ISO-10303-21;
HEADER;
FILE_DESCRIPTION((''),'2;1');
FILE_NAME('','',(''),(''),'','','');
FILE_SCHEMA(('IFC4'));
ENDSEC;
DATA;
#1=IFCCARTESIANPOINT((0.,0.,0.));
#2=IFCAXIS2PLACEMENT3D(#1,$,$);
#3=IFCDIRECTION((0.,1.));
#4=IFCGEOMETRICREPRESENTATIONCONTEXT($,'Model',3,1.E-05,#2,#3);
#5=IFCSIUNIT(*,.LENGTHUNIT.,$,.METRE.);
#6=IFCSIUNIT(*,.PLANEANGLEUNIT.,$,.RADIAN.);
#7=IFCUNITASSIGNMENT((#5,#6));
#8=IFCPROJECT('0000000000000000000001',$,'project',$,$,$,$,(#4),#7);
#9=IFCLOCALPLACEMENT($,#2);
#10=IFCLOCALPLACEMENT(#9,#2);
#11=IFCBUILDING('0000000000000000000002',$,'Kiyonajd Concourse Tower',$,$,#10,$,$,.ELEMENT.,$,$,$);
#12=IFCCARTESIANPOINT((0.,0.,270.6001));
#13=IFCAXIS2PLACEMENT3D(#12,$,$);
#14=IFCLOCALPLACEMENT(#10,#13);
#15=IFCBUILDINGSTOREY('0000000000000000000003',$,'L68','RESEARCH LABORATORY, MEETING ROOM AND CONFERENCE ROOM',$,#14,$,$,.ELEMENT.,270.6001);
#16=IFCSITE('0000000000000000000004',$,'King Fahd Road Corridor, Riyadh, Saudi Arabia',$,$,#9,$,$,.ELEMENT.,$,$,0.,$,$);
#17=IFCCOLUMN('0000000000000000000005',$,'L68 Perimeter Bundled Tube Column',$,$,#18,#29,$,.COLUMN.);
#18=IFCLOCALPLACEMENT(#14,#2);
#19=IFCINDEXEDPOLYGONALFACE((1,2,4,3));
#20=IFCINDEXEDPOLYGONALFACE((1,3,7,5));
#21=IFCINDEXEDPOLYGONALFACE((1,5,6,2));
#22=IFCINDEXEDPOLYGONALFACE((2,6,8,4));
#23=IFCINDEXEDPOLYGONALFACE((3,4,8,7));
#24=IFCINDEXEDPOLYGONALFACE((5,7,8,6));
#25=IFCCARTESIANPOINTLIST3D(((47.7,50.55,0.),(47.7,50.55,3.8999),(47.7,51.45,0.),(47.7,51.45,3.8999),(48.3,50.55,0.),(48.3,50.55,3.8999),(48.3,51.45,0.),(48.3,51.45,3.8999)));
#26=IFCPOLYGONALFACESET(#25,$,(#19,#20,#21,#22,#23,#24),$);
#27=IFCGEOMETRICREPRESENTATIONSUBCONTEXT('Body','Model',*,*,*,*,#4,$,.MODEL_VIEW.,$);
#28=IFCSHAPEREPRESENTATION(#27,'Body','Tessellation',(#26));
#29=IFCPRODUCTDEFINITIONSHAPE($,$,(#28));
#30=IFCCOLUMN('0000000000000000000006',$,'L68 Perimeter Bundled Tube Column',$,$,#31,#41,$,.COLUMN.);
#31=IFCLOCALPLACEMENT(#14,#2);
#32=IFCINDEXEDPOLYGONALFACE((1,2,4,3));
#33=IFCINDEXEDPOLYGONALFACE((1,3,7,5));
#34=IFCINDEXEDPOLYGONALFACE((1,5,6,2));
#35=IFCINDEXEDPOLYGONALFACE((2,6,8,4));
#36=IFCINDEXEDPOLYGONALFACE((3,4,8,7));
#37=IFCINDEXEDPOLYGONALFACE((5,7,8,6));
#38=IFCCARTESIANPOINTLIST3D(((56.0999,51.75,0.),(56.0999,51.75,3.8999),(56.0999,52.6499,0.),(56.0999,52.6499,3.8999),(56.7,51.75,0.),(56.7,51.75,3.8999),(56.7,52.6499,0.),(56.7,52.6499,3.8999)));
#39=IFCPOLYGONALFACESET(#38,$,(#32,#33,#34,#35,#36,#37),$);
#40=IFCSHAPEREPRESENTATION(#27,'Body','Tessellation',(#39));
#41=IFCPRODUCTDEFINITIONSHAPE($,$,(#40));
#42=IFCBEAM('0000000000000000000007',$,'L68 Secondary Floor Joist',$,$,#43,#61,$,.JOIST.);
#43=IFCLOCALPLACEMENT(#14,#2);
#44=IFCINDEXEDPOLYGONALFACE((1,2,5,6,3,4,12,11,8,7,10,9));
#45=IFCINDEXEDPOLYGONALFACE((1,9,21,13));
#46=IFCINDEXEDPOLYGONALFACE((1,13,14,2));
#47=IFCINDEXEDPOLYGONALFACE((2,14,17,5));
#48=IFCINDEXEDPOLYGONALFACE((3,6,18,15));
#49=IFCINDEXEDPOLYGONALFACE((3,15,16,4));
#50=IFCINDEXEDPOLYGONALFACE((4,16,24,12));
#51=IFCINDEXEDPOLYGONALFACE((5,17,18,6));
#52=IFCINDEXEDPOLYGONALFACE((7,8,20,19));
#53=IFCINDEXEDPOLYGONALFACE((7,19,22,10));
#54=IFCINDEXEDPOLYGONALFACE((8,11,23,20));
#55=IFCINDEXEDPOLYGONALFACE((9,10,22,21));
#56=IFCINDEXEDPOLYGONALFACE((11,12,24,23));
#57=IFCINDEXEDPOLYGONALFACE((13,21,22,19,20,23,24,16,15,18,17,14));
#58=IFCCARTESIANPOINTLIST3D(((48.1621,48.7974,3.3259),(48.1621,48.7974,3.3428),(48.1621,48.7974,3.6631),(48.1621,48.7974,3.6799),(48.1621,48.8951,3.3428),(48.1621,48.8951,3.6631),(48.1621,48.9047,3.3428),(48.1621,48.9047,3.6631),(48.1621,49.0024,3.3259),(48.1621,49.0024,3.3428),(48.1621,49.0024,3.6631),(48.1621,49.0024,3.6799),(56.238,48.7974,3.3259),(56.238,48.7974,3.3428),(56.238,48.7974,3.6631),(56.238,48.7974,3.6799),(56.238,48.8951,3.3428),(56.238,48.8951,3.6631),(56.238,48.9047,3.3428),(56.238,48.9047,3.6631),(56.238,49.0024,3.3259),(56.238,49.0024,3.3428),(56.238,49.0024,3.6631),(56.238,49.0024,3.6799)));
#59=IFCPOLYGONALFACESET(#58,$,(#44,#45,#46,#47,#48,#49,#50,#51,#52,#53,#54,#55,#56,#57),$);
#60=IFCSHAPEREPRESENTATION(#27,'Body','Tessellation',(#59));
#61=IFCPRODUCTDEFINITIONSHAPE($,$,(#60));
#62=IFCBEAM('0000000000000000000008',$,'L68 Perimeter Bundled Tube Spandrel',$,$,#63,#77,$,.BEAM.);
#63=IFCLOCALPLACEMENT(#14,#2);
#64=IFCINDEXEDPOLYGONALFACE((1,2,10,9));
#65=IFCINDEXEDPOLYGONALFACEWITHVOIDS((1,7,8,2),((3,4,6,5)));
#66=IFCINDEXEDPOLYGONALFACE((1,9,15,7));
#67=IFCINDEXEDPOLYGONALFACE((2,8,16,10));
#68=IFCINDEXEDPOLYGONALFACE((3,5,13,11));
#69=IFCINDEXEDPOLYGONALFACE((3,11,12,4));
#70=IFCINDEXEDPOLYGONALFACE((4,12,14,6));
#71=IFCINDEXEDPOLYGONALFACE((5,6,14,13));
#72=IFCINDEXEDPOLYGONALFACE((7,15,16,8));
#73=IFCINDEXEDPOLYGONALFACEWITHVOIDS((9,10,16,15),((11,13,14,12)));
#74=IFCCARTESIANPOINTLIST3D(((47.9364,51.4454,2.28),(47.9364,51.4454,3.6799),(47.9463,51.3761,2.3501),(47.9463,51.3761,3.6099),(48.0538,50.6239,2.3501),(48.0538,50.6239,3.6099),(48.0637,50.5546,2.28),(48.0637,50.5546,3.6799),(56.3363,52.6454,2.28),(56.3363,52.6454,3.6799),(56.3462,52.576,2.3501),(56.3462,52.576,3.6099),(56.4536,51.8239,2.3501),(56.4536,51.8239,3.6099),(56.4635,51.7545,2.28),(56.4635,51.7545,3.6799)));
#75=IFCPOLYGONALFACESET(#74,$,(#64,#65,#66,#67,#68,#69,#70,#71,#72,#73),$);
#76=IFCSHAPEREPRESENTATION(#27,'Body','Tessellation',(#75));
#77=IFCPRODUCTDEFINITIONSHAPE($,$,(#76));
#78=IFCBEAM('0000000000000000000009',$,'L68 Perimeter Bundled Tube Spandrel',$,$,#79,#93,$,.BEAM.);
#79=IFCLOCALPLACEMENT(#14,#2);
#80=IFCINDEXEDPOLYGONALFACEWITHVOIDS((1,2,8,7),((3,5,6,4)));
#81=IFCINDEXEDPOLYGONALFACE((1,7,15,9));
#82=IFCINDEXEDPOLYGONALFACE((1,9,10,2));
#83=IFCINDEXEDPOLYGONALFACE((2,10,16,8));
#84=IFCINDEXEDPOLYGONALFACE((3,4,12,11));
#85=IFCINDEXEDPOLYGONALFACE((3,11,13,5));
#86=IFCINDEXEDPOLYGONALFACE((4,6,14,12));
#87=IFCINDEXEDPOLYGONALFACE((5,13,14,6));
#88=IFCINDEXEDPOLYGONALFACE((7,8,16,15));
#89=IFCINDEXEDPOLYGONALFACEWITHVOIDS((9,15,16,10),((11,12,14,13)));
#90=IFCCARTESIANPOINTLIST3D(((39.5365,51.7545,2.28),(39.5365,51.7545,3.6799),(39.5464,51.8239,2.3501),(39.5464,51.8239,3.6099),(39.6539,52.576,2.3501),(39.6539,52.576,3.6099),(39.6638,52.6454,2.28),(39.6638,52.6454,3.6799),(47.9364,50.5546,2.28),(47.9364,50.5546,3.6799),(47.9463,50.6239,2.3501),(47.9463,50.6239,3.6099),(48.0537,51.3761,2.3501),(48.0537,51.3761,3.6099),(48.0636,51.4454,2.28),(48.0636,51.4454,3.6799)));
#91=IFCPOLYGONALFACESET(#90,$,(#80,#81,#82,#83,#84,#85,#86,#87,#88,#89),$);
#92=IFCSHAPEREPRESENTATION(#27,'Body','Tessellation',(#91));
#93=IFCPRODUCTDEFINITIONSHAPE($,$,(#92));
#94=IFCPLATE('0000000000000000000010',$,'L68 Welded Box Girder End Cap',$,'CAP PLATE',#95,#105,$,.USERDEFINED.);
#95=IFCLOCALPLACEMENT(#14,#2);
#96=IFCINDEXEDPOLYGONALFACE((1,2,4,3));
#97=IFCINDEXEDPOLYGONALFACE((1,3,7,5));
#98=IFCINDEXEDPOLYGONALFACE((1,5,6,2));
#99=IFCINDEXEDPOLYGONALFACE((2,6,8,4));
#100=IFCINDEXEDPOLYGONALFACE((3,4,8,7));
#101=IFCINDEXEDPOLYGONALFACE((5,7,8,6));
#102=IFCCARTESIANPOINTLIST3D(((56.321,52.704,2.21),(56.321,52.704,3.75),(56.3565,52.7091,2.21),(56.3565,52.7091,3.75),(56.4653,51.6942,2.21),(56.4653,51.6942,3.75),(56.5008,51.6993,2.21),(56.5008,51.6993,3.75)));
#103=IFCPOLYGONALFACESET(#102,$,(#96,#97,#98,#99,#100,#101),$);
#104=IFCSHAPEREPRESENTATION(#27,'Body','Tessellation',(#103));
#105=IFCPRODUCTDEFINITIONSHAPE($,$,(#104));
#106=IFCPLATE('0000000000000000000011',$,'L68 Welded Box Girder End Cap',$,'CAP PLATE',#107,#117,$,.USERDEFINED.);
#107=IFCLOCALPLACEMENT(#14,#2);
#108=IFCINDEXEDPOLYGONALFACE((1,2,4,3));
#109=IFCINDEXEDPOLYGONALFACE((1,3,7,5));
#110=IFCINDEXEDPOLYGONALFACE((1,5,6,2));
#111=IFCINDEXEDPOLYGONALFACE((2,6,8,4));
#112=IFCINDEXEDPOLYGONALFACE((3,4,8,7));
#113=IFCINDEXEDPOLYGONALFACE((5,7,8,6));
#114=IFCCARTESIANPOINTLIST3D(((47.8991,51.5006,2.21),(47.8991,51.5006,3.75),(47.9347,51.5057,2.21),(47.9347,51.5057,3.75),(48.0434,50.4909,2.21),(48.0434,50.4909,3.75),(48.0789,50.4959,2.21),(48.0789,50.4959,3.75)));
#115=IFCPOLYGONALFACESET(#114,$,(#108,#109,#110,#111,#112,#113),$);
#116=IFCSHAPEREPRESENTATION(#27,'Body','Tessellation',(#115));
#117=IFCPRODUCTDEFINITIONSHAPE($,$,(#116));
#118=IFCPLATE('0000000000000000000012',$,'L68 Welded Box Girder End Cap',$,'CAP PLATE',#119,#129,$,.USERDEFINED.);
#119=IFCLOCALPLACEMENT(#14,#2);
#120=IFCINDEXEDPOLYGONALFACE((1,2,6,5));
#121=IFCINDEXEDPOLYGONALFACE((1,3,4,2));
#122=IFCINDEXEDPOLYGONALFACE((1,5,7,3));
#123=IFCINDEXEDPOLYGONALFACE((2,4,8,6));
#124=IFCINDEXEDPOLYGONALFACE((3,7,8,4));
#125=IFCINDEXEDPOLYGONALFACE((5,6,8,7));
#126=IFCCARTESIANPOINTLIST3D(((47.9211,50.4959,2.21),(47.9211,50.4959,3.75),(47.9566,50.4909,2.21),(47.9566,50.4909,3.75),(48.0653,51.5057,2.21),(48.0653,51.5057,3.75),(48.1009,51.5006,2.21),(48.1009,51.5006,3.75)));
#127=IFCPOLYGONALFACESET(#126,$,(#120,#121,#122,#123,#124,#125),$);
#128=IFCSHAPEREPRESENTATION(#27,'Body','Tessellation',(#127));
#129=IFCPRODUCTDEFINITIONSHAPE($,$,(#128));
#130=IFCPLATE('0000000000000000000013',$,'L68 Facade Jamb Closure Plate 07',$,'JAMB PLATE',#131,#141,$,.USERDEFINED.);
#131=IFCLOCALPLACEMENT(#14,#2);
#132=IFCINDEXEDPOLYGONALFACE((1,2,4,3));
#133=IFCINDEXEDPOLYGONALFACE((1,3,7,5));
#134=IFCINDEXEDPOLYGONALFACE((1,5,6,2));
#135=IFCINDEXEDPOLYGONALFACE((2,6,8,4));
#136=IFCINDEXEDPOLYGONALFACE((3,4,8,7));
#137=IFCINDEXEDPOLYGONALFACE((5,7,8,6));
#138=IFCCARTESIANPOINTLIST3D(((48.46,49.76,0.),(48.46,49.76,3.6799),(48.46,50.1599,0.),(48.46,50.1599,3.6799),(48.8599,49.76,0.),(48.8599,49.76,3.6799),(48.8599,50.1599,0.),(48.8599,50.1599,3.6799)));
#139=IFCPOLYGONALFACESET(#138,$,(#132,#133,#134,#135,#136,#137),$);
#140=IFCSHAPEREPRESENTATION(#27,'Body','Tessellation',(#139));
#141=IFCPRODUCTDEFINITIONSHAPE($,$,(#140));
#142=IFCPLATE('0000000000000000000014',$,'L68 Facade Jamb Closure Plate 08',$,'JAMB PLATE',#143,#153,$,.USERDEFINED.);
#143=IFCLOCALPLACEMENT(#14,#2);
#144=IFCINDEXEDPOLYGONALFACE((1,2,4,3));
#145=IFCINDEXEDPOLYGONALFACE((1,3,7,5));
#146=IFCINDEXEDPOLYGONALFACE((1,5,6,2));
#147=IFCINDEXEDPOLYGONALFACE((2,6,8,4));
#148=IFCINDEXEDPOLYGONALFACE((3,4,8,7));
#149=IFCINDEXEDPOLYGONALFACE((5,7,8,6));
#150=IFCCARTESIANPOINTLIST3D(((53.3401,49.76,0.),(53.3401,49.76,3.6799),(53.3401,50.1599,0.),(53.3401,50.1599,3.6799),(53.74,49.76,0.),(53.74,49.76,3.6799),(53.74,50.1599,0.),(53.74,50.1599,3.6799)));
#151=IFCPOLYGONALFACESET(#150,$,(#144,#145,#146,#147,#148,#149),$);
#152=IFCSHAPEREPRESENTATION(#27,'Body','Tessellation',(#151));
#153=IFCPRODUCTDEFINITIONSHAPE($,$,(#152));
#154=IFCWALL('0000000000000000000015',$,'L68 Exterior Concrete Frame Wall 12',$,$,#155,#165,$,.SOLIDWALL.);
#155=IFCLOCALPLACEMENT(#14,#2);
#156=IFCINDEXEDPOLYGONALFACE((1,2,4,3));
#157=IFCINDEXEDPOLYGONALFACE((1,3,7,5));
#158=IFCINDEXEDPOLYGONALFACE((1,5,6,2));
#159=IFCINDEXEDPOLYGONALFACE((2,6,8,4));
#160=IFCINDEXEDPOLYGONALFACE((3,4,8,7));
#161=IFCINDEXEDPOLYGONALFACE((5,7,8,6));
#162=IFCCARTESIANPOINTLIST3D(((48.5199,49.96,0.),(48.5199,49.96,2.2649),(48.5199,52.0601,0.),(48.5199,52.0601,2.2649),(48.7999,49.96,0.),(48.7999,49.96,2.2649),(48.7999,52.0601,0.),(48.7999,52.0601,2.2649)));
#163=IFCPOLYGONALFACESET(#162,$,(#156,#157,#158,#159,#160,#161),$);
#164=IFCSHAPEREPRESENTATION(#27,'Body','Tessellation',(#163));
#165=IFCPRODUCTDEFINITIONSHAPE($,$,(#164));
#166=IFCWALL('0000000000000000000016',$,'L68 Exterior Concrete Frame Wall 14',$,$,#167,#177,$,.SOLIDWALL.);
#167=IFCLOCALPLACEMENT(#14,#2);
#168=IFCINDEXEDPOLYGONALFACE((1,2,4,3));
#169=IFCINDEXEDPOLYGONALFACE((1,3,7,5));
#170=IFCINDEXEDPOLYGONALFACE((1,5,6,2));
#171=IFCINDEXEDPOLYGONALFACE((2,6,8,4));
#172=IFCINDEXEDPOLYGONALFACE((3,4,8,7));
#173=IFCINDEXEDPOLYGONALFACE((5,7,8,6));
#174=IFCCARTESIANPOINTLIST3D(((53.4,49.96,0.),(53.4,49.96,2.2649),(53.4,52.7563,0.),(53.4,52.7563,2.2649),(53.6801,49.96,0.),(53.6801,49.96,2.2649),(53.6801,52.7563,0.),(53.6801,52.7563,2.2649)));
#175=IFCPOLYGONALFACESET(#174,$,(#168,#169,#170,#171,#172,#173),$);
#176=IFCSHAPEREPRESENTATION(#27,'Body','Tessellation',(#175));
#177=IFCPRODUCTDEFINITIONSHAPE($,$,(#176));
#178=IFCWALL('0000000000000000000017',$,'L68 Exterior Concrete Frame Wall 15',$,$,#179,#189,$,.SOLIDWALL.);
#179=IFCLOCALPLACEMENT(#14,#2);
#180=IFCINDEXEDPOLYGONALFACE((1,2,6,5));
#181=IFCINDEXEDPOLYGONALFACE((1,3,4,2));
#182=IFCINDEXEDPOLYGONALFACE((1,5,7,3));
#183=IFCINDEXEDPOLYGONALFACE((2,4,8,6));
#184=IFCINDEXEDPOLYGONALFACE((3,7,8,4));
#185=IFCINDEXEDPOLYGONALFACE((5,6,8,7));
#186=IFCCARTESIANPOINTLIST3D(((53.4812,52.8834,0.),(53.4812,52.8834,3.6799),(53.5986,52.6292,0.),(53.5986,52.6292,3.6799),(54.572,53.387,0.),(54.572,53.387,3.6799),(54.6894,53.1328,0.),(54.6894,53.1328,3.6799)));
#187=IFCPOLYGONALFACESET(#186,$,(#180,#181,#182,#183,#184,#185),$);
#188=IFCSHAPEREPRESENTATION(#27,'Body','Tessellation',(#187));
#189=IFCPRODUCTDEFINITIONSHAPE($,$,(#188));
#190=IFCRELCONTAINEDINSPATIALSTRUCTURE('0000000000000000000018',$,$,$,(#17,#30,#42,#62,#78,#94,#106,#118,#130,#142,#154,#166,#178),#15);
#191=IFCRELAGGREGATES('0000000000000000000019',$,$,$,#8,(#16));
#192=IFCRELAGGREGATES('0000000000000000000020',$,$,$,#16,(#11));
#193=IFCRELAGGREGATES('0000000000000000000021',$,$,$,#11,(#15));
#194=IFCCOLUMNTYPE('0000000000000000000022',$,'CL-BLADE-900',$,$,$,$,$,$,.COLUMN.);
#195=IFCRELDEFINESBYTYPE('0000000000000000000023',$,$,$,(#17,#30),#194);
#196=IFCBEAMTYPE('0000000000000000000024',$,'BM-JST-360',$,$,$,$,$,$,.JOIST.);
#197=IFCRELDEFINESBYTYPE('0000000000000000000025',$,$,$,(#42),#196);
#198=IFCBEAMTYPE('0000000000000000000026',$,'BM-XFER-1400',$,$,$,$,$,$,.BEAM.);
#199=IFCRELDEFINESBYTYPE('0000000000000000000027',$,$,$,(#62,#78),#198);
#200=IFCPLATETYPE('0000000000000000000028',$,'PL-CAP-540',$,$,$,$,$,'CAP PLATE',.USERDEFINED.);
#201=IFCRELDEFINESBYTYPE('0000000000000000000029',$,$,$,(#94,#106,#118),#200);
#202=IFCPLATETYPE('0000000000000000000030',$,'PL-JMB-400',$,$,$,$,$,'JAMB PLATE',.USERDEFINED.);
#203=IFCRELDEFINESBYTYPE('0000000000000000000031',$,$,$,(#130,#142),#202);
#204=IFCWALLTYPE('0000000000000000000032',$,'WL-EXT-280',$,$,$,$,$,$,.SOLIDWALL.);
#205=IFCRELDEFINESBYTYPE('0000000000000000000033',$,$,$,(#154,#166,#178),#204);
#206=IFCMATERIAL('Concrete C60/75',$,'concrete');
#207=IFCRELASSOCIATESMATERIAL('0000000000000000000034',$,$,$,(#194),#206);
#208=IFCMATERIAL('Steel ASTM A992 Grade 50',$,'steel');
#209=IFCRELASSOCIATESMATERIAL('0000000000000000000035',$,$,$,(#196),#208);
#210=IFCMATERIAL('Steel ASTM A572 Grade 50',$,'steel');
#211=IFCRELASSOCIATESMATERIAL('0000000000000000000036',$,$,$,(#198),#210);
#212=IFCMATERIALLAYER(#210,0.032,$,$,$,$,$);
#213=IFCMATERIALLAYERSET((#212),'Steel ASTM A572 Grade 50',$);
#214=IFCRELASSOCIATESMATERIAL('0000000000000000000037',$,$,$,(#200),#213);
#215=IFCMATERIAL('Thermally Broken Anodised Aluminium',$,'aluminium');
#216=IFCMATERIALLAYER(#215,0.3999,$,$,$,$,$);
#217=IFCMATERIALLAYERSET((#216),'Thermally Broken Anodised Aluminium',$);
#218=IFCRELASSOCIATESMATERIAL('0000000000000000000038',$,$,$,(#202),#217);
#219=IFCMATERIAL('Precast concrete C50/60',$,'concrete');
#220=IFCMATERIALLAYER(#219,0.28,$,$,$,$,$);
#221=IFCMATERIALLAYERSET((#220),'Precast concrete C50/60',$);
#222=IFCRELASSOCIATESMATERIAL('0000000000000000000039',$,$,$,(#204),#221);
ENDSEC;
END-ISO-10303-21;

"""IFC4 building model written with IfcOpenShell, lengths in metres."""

from ifc_helpers import new_model, si_unit, direction, frame, frame_2d, origin, origin_2d, place, context, subcontext, project, spatial, rectangle, hollow_rectangle, i_section, extrude, material, layer, layer_set, material_profile, profile_set, type_object, element, save


model = new_model("IFC4")

# Units and contexts
model_context = context("Model", 3, precision=1e-05, world=origin(), true_north=direction((0.0, 1.0)))
body_context = subcontext(model_context, "Body", "Model", "MODEL_VIEW")
ifc_project = project(units=[si_unit("LENGTHUNIT", "METRE"), si_unit("PLANEANGLEUNIT", "RADIAN")], contexts=[model_context])

# Site, building, storey
site_placement = place(None, origin())
site = spatial("IfcSite", under=ifc_project, at=site_placement, Name="King Fahd Road Corridor, Riyadh, Saudi Arabia", CompositionType="ELEMENT", RefElevation=0.0)
building_placement = place(site_placement, origin())
building = spatial("IfcBuilding", under=site, at=building_placement, Name="Kiyonajd Concourse Tower", CompositionType="ELEMENT")
storey_placement = place(building_placement, frame((0.0, 0.0, 270.6001)))
storey = spatial("IfcBuildingStorey", under=building, at=storey_placement, Name="L68", Description="RESEARCH LABORATORY, MEETING ROOM AND CONFERENCE ROOM", CompositionType="ELEMENT", Elevation=270.6001)

# Columns
ifc_material_1 = material(Name="Concrete C60/75", Category="concrete")
ifc_material_profile_1 = material_profile(ifc_material_1, rectangle(XDim=0.6001, YDim=0.8999, at=origin_2d()), Name="RC-900x600")
ifc_profile_set_1 = profile_set([ifc_material_profile_1], Name="Concrete C60/75")
column_type = type_object("IfcColumnType", Name="CL-BLADE-900", PredefinedType="COLUMN", material=ifc_profile_set_1)
for number, where, z_axis, x_axis, name in (
    (1, (48.0, 51.0, 0.0), (0.0, 0.0, 1.0), (1.0, 0.0, 0.0), "L68 Perimeter Bundled Tube Column"),
    (2, (56.3999, 52.2, 0.0), (0.0, 0.0, 1.0), (1.0, 0.0, 0.0), "L68 Perimeter Bundled Tube Column"),
):
    element("IfcColumn", number, at=place(storey_placement, frame(where, z_axis=z_axis, x_axis=x_axis)), inside=storey, type_object=column_type, Name=name, PredefinedType="COLUMN", context=body_context, shape_type="SweptSolid", body=[
        extrude(rectangle(XDim=0.6001, YDim=0.8999, at=origin_2d()), origin(), (0.0, 0.0, 1.0), 3.8999),
    ])

# Beams
ifc_material_2 = material(Name="Steel ASTM A992 Grade 50", Category="steel")
ifc_material_profile_2 = material_profile(ifc_material_2, i_section(OverallWidth=0.2051, OverallDepth=0.354, WebThickness=0.0095, FlangeThickness=0.0168, at=origin_2d()), Name="W360X79")
ifc_profile_set_2 = profile_set([ifc_material_profile_2], Name="Steel ASTM A992 Grade 50")
beam_type_1 = type_object("IfcBeamType", Name="BM-JST-360", PredefinedType="JOIST", material=ifc_profile_set_2)
beam_placement = place(storey_placement, frame((48.1621, 48.8999, 3.5029), z_axis=(1.0, 0.0, 0.0), x_axis=(0.0, 1.0, 0.0)))
element("IfcBeam", 3, at=beam_placement, inside=storey, type_object=beam_type_1, Name="L68 Secondary Floor Joist", PredefinedType="JOIST", context=body_context, shape_type="SweptSolid", body=[
    extrude(i_section(OverallWidth=0.2051, OverallDepth=0.354, WebThickness=0.0095, FlangeThickness=0.0168, at=origin_2d()), origin(), (0.0, 0.0, 1.0), 8.0759),
])
ifc_material_3 = material(Name="Steel ASTM A572 Grade 50", Category="steel")
ifc_material_profile_3 = material_profile(ifc_material_3, hollow_rectangle(XDim=0.8999, YDim=1.3999, WallThickness=0.0701, at=origin_2d()), Name="BOX-1400x900x70")
ifc_profile_set_3 = profile_set([ifc_material_profile_3], Name="Steel ASTM A572 Grade 50")
beam_type_2 = type_object("IfcBeamType", Name="BM-XFER-1400", PredefinedType="BEAM", material=ifc_profile_set_3)
for number, where, z_axis, x_axis, name in (
    (4, (56.3999, 52.2, 2.98), (-0.98995, -0.141417, 0.0), (0.141417, -0.98995, 0.0), "L68 Perimeter Bundled Tube Spandrel"),
    (5, (48.0, 51.0, 2.98), (-0.98995, 0.141417, 0.0), (-0.141417, -0.98995, 0.0), "L68 Perimeter Bundled Tube Spandrel"),
):
    element("IfcBeam", number, at=place(storey_placement, frame(where, z_axis=z_axis, x_axis=x_axis)), inside=storey, type_object=beam_type_2, Name=name, PredefinedType="BEAM", context=body_context, shape_type="SweptSolid", body=[
        extrude(hollow_rectangle(XDim=0.8999, YDim=1.3999, WallThickness=0.0701, at=origin_2d()), origin(), (0.0, 0.0, 1.0), 8.4851),
    ])

# Plates
ifc_layer_1 = layer(ifc_material_3, 0.032)
ifc_layer_set_1 = layer_set([ifc_layer_1], Name="Steel ASTM A572 Grade 50")
plate_type_1 = type_object("IfcPlateType", Name="PL-CAP-540", ElementType="CAP PLATE", PredefinedType="USERDEFINED", material=ifc_layer_set_1)
for number, where, z_axis, x_axis, name in (
    (6, (56.4109, 52.2017, 2.21), (0.0, 0.0, 1.0), (0.98995, 0.14142, 0.0), "L68 Welded Box Girder End Cap"),
    (7, (47.989, 50.9983, 2.21), (0.0, 0.0, 1.0), (-0.98995, -0.14142, 0.0), "L68 Welded Box Girder End Cap"),
    (8, (48.011, 50.9983, 2.21), (0.0, 0.0, 1.0), (0.98995, -0.14142, 0.0), "L68 Welded Box Girder End Cap"),
):
    element("IfcPlate", number, at=place(storey_placement, frame(where, z_axis=z_axis, x_axis=x_axis)), inside=storey, type_object=plate_type_1, Name=name, ObjectType="CAP PLATE", PredefinedType="USERDEFINED", context=body_context, shape_type="SweptSolid", body=[
        extrude(rectangle(XDim=0.0359, YDim=1.02, at=origin_2d()), origin(), (0.0, 0.0, 1.0), 1.54),
    ])
ifc_material_4 = material(Name="Thermally Broken Anodised Aluminium", Category="aluminium")
ifc_layer_2 = layer(ifc_material_4, 0.3999)
ifc_layer_set_2 = layer_set([ifc_layer_2], Name="Thermally Broken Anodised Aluminium")
plate_type_2 = type_object("IfcPlateType", Name="PL-JMB-400", ElementType="JAMB PLATE", PredefinedType="USERDEFINED", material=ifc_layer_set_2)
for number, where, z_axis, x_axis, name in (
    (9, (48.6599, 49.96, 0.0), (0.0, 0.0, 1.0), (1.0, 0.0, 0.0), "L68 Facade Jamb Closure Plate 07"),
    (10, (53.54, 49.96, 0.0), (0.0, 0.0, 1.0), (1.0, 0.0, 0.0), "L68 Facade Jamb Closure Plate 08"),
):
    element("IfcPlate", number, at=place(storey_placement, frame(where, z_axis=z_axis, x_axis=x_axis)), inside=storey, type_object=plate_type_2, Name=name, ObjectType="JAMB PLATE", PredefinedType="USERDEFINED", context=body_context, shape_type="SweptSolid", body=[
        extrude(rectangle(XDim=0.3999, YDim=0.3999, at=origin_2d()), origin(), (0.0, 0.0, 1.0), 3.6799),
    ])

# Walls
ifc_material_5 = material(Name="Precast concrete C50/60", Category="concrete")
ifc_layer_3 = layer(ifc_material_5, 0.28)
ifc_layer_set_3 = layer_set([ifc_layer_3], Name="Precast concrete C50/60")
wall_type_1 = type_object("IfcWallType", Name="WL-EXT-280", PredefinedType="SOLIDWALL", material=ifc_layer_set_3)
wall_1_placement = place(storey_placement, frame((48.6599, 52.0601, 0.0), z_axis=(0.0, 0.0, 1.0), x_axis=(0.0, -1.0, 0.0)))
element("IfcWall", 11, at=wall_1_placement, inside=storey, type_object=wall_type_1, Name="L68 Exterior Concrete Frame Wall 12", PredefinedType="SOLIDWALL", context=body_context, shape_type="SweptSolid", body=[
    extrude(rectangle(XDim=2.1001, YDim=0.28, at=frame_2d((1.05, 0.0))), origin(), (0.0, 0.0, 1.0), 2.2649),
])
wall_2_placement = place(storey_placement, frame((53.54, 49.96, 0.0), z_axis=(0.0, 0.0, 1.0), x_axis=(0.0, 1.0, 0.0)))
element("IfcWall", 12, at=wall_2_placement, inside=storey, type_object=wall_type_1, Name="L68 Exterior Concrete Frame Wall 14", PredefinedType="SOLIDWALL", context=body_context, shape_type="SweptSolid", body=[
    extrude(rectangle(XDim=2.7964, YDim=0.28, at=frame_2d((1.3982, 0.0))), origin(), (0.0, 0.0, 1.0), 2.2649),
])
wall_3_placement = place(storey_placement, frame((53.54, 52.7563, 0.0), z_axis=(0.0, 0.0, 1.0), x_axis=(0.907894, 0.4192, 0.0)))
element("IfcWall", 13, at=wall_3_placement, inside=storey, type_object=wall_type_1, Name="L68 Exterior Concrete Frame Wall 15", PredefinedType="SOLIDWALL", context=body_context, shape_type="SweptSolid", body=[
    extrude(rectangle(XDim=1.2014, YDim=0.28, at=frame_2d((0.6006, 0.0))), origin(), (0.0, 0.0, 1.0), 3.6799),
])

save(model, "model.ifc")
